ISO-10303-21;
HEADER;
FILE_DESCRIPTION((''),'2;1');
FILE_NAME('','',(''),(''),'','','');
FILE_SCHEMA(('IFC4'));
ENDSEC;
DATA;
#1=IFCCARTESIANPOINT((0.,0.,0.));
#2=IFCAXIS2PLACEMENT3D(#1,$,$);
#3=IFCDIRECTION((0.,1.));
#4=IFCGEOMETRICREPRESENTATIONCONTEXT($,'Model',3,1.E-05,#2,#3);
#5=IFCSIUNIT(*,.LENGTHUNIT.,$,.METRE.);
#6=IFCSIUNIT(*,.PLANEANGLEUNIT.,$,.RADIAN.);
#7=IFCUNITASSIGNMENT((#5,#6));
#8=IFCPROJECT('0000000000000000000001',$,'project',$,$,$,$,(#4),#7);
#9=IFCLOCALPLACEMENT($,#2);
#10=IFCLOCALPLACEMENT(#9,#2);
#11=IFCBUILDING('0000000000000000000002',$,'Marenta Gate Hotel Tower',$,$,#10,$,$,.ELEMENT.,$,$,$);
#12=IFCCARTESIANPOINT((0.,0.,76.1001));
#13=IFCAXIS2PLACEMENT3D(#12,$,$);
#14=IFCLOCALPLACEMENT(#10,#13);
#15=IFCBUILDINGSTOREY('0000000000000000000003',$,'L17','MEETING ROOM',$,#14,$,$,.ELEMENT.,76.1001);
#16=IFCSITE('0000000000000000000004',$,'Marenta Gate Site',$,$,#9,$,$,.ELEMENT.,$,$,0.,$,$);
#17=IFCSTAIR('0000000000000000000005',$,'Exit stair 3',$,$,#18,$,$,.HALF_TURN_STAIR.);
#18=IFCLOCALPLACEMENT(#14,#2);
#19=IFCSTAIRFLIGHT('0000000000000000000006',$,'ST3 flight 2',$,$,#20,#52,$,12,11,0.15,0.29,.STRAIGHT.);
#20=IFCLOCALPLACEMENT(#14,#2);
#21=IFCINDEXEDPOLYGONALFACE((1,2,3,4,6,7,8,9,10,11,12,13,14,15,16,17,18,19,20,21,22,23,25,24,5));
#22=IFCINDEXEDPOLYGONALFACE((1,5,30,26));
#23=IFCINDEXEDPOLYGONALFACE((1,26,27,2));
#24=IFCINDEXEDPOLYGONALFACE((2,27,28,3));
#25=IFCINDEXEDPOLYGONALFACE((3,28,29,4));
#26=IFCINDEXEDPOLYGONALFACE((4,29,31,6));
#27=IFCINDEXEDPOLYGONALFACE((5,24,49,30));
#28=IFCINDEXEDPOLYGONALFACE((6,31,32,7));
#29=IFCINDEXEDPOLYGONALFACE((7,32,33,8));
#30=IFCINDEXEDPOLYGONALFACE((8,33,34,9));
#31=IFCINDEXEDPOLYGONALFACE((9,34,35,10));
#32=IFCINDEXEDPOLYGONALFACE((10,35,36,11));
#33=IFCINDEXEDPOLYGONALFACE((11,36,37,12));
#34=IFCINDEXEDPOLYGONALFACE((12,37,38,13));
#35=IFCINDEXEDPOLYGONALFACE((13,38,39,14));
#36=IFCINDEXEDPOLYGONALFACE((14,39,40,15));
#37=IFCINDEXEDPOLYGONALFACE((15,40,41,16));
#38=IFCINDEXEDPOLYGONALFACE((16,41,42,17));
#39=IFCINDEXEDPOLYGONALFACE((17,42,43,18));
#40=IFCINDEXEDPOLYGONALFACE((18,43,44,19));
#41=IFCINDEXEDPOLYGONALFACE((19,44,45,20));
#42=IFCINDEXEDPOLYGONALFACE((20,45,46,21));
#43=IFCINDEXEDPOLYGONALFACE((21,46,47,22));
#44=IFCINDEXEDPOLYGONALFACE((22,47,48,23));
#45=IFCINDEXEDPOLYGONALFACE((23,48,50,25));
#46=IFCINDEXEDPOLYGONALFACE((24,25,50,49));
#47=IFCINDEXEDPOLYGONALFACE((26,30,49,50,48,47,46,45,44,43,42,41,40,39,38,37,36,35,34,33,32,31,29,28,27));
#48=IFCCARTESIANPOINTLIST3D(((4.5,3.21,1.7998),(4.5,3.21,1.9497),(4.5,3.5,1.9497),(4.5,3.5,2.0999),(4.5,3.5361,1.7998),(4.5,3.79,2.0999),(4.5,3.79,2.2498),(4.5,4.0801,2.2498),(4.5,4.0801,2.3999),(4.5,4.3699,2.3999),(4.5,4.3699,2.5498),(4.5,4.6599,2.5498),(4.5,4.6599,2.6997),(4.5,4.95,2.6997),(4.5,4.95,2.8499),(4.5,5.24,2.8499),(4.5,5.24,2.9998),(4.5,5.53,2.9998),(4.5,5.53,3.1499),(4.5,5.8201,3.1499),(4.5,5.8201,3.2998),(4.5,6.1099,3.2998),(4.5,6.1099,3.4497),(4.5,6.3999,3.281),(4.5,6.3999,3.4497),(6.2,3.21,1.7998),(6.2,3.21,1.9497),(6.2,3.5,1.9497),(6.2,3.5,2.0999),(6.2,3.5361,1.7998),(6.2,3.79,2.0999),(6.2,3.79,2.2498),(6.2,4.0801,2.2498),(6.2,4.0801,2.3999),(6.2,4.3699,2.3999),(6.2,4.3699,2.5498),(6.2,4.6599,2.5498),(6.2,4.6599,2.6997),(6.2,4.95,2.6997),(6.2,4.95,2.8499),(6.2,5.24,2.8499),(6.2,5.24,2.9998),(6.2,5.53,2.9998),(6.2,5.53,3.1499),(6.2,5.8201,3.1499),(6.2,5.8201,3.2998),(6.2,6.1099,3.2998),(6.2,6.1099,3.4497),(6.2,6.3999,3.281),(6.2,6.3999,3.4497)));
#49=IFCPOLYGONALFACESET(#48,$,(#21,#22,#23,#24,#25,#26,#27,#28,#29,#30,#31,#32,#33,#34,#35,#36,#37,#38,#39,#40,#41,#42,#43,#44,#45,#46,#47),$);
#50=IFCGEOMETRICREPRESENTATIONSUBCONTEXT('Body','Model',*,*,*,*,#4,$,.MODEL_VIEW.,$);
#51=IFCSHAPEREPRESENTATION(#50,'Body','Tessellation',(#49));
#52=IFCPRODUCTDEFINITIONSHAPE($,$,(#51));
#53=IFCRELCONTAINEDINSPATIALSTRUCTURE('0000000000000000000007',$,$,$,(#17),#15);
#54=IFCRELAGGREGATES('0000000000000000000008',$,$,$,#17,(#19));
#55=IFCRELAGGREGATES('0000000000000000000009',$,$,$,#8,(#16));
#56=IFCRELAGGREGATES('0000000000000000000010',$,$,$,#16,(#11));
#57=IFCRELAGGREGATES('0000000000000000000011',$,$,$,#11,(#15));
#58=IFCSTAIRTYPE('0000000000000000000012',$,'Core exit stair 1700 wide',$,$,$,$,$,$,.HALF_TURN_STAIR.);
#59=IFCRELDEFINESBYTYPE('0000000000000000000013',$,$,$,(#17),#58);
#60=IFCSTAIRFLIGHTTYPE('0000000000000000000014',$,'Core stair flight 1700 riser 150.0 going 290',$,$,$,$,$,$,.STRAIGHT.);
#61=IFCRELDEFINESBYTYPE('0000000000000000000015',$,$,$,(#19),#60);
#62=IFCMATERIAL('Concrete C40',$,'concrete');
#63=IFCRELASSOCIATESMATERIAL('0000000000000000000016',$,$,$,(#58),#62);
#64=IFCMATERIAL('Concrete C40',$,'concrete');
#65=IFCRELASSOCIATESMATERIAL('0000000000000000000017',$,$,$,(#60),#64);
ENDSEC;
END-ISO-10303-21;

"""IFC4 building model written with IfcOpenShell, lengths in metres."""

from ifc_helpers import new_model, si_unit, direction, frame, origin, place, context, subcontext, project, spatial, polyline, outline, extrude, material, type_object, element, aggregate, save


model = new_model("IFC4")

# Units and contexts
model_context = context("Model", 3, precision=1e-05, world=origin(), true_north=direction((0.0, 1.0)))
body_context = subcontext(model_context, "Body", "Model", "MODEL_VIEW")
ifc_project = project(units=[si_unit("LENGTHUNIT", "METRE"), si_unit("PLANEANGLEUNIT", "RADIAN")], contexts=[model_context])

# Site, building, storey
site_placement = place(None, origin())
site = spatial("IfcSite", under=ifc_project, at=site_placement, Name="Marenta Gate Site", CompositionType="ELEMENT", RefElevation=0.0)
building_placement = place(site_placement, origin())
building = spatial("IfcBuilding", under=site, at=building_placement, Name="Marenta Gate Hotel Tower", CompositionType="ELEMENT")
storey_placement = place(building_placement, frame((0.0, 0.0, 76.1001)))
storey = spatial("IfcBuildingStorey", under=building, at=storey_placement, Name="L17", Description="MEETING ROOM", CompositionType="ELEMENT", Elevation=76.1001)

# Stair, stair flight
ifc_material_1 = material(Name="Concrete C40", Category="concrete")
stair_type = type_object("IfcStairType", Name="Core exit stair 1700 wide", PredefinedType="HALF_TURN_STAIR", material=ifc_material_1)
stair_placement = place(storey_placement, origin())
stair = element("IfcStair", 1, at=stair_placement, inside=storey, type_object=stair_type, Name="Exit stair 3", PredefinedType="HALF_TURN_STAIR")
ifc_material_2 = material(Name="Concrete C40", Category="concrete")
stair_flight_type = type_object("IfcStairFlightType", Name="Core stair flight 1700 riser 150.0 going 290", PredefinedType="STRAIGHT", material=ifc_material_2)
stair_flight_1_placement = place(storey_placement, frame((5.3501, 3.21, 1.7998), z_axis=(0.0, 0.0, 1.0), x_axis=(0.0, 1.0, 0.0)))
stair_flight_1 = element("IfcStairFlight", 2, at=stair_flight_1_placement, type_object=stair_flight_type, Name="ST3 flight 2", NumberOfRisers=12, NumberOfTreads=11, PredefinedType="STRAIGHT", RiserHeight=0.15, TreadLength=0.29, context=body_context, shape_type="SweptSolid", body=[
    extrude(outline(polyline([(0.0, 0.0), (0.0, 0.1499), (0.29, 0.1499), (0.29, 0.3), (0.5801, 0.3), (0.5801, 0.45), (0.8701, 0.45), (0.8701, 0.6001), (1.1599, 0.6001), (1.1599, 0.75), (1.45, 0.75), (1.45, 0.8999), (1.74, 0.8999), (1.74, 1.05), (2.03, 1.05), (2.03, 1.2), (2.3201, 1.2), (2.3201, 1.3501), (2.6101, 1.3501), (2.6101, 1.5), (2.8999, 1.5), (2.8999, 1.6499), (3.1899, 1.6499), (3.1899, 1.8), (3.1899, 1.4812), (0.3262, 0.0), (0.0, 0.0)])), frame((0.0, 0.8501, 0.0), z_axis=(0.0, -1.0, 0.0), x_axis=(1.0, 0.0, 0.0)), (0.0, 0.0, 1.0), 1.7),
])
aggregate(stair, [stair_flight_1])

save(model, "model.ifc")
